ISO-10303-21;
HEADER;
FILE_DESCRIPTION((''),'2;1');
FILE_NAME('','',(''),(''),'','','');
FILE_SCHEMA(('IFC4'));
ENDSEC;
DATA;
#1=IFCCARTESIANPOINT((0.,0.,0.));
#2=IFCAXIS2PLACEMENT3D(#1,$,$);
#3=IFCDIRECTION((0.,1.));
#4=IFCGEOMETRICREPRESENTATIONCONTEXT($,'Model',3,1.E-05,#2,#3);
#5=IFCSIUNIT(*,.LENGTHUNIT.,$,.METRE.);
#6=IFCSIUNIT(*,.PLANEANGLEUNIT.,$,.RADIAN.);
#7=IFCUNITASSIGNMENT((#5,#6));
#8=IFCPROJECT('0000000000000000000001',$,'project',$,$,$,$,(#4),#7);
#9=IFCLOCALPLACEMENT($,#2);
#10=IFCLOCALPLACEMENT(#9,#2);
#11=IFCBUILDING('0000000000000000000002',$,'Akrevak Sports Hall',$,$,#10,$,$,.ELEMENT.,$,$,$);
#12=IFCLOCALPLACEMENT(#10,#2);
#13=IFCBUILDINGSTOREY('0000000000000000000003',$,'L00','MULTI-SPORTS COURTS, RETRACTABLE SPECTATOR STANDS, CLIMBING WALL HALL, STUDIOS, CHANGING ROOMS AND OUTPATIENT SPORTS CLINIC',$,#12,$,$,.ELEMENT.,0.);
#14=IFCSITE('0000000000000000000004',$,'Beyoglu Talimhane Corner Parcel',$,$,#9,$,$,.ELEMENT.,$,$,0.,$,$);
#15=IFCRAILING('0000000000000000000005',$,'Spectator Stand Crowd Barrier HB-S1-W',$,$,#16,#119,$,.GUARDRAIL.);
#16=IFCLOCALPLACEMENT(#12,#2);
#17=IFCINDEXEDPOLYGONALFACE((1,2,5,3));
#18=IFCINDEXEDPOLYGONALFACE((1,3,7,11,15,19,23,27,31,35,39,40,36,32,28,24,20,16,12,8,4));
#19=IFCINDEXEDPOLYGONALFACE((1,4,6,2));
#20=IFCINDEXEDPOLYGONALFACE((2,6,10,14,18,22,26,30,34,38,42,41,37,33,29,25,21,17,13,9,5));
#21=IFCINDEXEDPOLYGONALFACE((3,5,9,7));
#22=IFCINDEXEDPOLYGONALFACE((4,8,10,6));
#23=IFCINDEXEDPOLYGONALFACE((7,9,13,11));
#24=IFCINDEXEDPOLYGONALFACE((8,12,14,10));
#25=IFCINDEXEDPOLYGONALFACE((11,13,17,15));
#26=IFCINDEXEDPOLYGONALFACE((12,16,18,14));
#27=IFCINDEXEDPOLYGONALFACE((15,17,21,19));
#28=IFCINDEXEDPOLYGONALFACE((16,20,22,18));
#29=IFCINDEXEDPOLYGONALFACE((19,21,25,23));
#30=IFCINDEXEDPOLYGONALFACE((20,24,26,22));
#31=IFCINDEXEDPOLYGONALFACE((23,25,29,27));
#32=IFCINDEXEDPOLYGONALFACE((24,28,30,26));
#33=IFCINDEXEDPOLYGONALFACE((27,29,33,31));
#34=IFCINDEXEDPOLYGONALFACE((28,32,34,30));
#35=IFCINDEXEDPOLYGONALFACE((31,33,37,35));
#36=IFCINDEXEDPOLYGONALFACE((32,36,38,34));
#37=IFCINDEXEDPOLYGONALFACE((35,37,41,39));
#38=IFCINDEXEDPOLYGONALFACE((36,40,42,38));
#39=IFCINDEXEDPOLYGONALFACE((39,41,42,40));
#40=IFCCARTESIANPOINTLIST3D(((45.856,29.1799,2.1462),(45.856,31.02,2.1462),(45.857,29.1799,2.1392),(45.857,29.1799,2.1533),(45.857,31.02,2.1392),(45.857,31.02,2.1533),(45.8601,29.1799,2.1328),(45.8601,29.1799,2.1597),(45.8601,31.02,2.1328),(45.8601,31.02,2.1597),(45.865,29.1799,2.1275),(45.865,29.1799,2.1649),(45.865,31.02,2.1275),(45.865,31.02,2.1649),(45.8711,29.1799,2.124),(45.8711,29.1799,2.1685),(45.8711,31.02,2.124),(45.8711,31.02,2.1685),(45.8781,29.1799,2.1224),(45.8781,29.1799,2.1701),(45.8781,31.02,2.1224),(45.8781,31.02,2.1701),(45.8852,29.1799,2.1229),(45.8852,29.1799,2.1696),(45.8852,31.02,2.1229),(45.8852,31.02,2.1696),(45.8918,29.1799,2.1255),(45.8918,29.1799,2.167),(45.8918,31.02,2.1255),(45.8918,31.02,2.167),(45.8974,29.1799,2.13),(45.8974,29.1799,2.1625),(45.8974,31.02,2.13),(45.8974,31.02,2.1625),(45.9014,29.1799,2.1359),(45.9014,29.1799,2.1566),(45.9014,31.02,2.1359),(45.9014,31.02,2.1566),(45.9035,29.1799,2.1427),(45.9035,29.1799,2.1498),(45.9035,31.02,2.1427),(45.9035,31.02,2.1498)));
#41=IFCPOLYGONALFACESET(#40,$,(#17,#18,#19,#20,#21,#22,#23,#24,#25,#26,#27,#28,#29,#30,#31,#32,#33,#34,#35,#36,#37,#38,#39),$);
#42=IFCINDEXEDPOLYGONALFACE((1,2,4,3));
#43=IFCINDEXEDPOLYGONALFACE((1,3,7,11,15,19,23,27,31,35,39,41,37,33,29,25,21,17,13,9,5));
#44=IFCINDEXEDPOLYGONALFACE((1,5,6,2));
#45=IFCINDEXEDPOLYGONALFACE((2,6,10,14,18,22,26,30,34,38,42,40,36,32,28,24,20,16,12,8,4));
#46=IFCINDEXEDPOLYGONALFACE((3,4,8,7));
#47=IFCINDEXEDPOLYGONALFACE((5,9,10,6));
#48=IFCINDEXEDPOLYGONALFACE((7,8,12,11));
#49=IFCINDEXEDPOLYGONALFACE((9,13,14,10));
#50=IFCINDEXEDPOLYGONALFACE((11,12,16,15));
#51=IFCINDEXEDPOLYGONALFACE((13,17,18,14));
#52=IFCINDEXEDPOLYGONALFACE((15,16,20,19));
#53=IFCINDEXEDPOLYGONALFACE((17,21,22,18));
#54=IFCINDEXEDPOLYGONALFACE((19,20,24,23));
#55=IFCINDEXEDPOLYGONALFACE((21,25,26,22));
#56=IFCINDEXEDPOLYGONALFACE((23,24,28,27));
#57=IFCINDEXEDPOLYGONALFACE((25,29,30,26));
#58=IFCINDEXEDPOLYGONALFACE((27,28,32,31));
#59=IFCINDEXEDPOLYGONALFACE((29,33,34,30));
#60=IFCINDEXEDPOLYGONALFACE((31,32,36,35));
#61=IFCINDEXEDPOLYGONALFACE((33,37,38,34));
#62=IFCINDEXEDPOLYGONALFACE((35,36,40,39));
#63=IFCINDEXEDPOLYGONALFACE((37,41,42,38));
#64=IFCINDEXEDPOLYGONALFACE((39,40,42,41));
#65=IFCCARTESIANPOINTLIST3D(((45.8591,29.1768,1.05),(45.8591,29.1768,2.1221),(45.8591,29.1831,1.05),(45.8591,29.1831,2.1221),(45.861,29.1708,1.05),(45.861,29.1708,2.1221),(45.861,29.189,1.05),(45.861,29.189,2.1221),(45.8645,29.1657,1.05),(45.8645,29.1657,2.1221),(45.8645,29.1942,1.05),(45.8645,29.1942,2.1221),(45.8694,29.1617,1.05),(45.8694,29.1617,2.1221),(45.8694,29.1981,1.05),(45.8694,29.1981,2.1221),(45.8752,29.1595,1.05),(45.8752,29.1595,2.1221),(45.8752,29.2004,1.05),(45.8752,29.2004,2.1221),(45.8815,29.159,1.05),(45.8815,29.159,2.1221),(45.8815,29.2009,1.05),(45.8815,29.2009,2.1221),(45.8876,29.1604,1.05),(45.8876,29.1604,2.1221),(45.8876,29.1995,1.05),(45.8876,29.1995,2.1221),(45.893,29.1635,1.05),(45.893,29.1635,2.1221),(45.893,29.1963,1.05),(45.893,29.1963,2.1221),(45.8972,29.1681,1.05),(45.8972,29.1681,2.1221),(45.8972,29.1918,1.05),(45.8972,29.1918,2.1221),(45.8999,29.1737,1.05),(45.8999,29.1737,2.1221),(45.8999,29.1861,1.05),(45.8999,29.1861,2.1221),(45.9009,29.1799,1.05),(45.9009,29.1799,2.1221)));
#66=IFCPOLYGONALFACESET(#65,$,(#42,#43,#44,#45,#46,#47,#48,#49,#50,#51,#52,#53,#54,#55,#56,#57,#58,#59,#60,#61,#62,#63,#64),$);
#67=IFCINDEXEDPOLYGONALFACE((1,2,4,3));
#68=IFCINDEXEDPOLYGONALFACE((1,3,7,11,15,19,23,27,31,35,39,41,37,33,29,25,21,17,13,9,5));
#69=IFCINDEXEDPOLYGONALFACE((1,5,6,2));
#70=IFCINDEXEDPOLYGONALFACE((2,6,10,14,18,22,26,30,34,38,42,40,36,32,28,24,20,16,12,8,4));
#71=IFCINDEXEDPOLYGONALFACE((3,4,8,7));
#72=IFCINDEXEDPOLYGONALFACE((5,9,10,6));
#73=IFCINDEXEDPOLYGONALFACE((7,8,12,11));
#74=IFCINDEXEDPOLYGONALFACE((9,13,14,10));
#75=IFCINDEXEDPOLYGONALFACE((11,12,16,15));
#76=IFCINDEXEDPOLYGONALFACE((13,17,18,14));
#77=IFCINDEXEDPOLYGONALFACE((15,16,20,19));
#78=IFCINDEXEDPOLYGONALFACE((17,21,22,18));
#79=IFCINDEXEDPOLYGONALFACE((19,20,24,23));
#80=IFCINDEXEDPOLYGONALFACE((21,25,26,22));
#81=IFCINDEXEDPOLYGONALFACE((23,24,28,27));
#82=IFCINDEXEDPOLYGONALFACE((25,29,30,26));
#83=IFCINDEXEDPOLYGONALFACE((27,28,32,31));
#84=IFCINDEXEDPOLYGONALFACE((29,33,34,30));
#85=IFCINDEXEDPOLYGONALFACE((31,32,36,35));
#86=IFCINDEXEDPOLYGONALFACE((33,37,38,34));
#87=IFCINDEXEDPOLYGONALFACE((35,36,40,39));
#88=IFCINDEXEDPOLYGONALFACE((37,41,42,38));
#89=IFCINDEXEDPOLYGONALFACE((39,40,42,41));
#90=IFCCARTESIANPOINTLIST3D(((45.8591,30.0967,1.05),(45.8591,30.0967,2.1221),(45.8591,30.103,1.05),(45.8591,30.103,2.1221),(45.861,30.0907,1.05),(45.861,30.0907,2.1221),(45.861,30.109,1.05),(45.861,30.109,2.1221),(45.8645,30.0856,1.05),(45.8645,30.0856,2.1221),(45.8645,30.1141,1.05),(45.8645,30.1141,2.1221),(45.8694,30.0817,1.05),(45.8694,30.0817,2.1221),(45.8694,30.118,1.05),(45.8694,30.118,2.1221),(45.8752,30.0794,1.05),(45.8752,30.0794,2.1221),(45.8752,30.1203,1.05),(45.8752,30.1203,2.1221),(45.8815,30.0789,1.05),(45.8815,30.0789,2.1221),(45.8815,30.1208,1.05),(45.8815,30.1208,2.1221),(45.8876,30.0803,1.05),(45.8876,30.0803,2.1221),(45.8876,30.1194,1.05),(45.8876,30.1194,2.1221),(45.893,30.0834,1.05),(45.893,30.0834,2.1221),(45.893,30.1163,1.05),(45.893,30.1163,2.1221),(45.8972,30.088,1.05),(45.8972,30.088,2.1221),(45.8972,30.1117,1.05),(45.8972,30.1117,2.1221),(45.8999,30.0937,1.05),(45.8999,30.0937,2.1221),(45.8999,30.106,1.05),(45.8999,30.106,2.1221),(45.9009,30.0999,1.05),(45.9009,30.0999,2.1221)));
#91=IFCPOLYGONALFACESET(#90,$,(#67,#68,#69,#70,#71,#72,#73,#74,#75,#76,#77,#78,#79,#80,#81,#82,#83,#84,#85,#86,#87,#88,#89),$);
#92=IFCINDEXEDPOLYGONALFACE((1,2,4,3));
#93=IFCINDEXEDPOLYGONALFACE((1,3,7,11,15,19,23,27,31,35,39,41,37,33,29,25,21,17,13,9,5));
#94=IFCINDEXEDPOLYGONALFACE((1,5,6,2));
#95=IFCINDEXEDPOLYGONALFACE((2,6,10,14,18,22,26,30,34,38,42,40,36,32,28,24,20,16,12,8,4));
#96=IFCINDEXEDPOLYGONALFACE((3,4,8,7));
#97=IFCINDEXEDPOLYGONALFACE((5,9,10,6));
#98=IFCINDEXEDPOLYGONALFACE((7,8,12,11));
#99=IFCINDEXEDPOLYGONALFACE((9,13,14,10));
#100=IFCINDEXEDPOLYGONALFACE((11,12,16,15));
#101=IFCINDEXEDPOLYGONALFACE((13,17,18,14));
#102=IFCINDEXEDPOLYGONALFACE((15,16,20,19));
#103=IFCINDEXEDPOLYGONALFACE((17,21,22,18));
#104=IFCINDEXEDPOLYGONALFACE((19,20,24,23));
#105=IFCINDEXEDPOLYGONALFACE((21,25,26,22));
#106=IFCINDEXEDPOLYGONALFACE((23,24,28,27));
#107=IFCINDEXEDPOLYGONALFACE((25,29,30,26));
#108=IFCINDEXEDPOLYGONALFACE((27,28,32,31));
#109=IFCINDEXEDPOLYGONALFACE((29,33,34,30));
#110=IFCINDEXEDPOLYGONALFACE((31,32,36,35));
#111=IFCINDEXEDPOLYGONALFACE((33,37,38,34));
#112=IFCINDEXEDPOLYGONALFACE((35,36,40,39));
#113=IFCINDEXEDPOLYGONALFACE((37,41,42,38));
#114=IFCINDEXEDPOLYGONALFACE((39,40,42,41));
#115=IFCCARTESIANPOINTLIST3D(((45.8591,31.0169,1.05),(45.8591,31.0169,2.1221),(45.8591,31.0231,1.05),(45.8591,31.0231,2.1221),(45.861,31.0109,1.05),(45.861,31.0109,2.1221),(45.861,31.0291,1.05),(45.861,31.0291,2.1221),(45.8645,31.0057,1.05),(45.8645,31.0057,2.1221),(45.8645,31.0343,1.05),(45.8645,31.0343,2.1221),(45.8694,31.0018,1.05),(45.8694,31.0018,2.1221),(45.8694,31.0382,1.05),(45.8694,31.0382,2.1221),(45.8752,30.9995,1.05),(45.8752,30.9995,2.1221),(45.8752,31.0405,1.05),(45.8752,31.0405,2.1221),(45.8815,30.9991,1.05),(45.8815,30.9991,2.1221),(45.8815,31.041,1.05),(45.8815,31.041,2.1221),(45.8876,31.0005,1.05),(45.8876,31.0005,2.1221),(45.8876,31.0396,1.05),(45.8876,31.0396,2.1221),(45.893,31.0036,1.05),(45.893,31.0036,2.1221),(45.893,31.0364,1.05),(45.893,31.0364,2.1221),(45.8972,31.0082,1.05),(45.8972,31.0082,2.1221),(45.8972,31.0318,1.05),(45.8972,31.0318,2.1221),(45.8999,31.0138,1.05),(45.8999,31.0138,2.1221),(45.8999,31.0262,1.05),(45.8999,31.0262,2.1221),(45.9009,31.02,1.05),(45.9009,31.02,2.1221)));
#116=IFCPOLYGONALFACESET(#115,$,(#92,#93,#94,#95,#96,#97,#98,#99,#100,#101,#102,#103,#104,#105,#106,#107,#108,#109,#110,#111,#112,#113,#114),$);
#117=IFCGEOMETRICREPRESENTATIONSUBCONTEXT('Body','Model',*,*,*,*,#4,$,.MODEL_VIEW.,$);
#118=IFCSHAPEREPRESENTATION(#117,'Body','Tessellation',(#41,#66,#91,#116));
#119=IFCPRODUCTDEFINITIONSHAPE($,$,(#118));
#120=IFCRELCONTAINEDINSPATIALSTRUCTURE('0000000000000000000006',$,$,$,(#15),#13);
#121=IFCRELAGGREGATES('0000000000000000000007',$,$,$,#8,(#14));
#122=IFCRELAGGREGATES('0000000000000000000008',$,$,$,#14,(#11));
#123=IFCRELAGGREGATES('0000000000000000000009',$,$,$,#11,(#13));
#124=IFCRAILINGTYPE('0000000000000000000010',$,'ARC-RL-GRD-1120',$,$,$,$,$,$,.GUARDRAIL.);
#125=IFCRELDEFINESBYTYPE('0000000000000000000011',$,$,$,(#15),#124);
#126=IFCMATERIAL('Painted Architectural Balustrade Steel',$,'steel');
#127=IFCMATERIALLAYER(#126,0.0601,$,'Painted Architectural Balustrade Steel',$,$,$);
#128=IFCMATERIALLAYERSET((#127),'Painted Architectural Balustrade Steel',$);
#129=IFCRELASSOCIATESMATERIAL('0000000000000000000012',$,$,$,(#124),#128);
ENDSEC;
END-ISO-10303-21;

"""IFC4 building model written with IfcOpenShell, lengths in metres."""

from ifc_helpers import new_model, si_unit, direction, frame, origin, origin_2d, place, context, subcontext, project, spatial, circle, extrude, material, layer, layer_set, type_object, element, save


model = new_model("IFC4")

# Units and contexts
model_context = context("Model", 3, precision=1e-05, world=origin(), true_north=direction((0.0, 1.0)))
body_context = subcontext(model_context, "Body", "Model", "MODEL_VIEW")
ifc_project = project(units=[si_unit("LENGTHUNIT", "METRE"), si_unit("PLANEANGLEUNIT", "RADIAN")], contexts=[model_context])

# Site, building, storey
site_placement = place(None, origin())
site = spatial("IfcSite", under=ifc_project, at=site_placement, Name="Beyoglu Talimhane Corner Parcel", CompositionType="ELEMENT", RefElevation=0.0)
building_placement = place(site_placement, origin())
building = spatial("IfcBuilding", under=site, at=building_placement, Name="Akrevak Sports Hall", CompositionType="ELEMENT")
storey_placement = place(building_placement, origin())
storey = spatial("IfcBuildingStorey", under=building, at=storey_placement, Name="L00", Description="MULTI-SPORTS COURTS, RETRACTABLE SPECTATOR STANDS, CLIMBING WALL HALL, STUDIOS, CHANGING ROOMS AND OUTPATIENT SPORTS CLINIC", CompositionType="ELEMENT", Elevation=0.0)

# Railing
ifc_material_1 = material(Name="Painted Architectural Balustrade Steel", Category="steel")
ifc_layer_1 = layer(ifc_material_1, 0.0601, Name="Painted Architectural Balustrade Steel")
ifc_layer_set_1 = layer_set([ifc_layer_1], Name="Painted Architectural Balustrade Steel")
railing_type_1 = type_object("IfcRailingType", Name="ARC-RL-GRD-1120", PredefinedType="GUARDRAIL", material=ifc_layer_set_1)
railing_1_placement = place(storey_placement, frame((45.8799, 29.1799, 1.05)))
element("IfcRailing", 1, at=railing_1_placement, inside=storey, type_object=railing_type_1, Name="Spectator Stand Crowd Barrier HB-S1-W", PredefinedType="GUARDRAIL", context=body_context, shape_type="SweptSolid", body=[
    extrude(circle(Radius=0.0239, at=origin_2d()), frame((0.0, 0.0, 1.0962), z_axis=(0.0, 1.0, 0.0), x_axis=(-1.0, 0.0, 0.0)), (0.0, 0.0, 1.0), 1.8401),
    extrude(circle(Radius=0.021, at=origin_2d()), origin(), (0.0, 0.0, 1.0), 1.072),
    extrude(circle(Radius=0.021, at=origin_2d()), frame((0.0, 0.9199, 0.0)), (0.0, 0.0, 1.0), 1.072),
    extrude(circle(Radius=0.021, at=origin_2d()), frame((0.0, 1.8401, 0.0)), (0.0, 0.0, 1.0), 1.072),
])

save(model, "model.ifc")
